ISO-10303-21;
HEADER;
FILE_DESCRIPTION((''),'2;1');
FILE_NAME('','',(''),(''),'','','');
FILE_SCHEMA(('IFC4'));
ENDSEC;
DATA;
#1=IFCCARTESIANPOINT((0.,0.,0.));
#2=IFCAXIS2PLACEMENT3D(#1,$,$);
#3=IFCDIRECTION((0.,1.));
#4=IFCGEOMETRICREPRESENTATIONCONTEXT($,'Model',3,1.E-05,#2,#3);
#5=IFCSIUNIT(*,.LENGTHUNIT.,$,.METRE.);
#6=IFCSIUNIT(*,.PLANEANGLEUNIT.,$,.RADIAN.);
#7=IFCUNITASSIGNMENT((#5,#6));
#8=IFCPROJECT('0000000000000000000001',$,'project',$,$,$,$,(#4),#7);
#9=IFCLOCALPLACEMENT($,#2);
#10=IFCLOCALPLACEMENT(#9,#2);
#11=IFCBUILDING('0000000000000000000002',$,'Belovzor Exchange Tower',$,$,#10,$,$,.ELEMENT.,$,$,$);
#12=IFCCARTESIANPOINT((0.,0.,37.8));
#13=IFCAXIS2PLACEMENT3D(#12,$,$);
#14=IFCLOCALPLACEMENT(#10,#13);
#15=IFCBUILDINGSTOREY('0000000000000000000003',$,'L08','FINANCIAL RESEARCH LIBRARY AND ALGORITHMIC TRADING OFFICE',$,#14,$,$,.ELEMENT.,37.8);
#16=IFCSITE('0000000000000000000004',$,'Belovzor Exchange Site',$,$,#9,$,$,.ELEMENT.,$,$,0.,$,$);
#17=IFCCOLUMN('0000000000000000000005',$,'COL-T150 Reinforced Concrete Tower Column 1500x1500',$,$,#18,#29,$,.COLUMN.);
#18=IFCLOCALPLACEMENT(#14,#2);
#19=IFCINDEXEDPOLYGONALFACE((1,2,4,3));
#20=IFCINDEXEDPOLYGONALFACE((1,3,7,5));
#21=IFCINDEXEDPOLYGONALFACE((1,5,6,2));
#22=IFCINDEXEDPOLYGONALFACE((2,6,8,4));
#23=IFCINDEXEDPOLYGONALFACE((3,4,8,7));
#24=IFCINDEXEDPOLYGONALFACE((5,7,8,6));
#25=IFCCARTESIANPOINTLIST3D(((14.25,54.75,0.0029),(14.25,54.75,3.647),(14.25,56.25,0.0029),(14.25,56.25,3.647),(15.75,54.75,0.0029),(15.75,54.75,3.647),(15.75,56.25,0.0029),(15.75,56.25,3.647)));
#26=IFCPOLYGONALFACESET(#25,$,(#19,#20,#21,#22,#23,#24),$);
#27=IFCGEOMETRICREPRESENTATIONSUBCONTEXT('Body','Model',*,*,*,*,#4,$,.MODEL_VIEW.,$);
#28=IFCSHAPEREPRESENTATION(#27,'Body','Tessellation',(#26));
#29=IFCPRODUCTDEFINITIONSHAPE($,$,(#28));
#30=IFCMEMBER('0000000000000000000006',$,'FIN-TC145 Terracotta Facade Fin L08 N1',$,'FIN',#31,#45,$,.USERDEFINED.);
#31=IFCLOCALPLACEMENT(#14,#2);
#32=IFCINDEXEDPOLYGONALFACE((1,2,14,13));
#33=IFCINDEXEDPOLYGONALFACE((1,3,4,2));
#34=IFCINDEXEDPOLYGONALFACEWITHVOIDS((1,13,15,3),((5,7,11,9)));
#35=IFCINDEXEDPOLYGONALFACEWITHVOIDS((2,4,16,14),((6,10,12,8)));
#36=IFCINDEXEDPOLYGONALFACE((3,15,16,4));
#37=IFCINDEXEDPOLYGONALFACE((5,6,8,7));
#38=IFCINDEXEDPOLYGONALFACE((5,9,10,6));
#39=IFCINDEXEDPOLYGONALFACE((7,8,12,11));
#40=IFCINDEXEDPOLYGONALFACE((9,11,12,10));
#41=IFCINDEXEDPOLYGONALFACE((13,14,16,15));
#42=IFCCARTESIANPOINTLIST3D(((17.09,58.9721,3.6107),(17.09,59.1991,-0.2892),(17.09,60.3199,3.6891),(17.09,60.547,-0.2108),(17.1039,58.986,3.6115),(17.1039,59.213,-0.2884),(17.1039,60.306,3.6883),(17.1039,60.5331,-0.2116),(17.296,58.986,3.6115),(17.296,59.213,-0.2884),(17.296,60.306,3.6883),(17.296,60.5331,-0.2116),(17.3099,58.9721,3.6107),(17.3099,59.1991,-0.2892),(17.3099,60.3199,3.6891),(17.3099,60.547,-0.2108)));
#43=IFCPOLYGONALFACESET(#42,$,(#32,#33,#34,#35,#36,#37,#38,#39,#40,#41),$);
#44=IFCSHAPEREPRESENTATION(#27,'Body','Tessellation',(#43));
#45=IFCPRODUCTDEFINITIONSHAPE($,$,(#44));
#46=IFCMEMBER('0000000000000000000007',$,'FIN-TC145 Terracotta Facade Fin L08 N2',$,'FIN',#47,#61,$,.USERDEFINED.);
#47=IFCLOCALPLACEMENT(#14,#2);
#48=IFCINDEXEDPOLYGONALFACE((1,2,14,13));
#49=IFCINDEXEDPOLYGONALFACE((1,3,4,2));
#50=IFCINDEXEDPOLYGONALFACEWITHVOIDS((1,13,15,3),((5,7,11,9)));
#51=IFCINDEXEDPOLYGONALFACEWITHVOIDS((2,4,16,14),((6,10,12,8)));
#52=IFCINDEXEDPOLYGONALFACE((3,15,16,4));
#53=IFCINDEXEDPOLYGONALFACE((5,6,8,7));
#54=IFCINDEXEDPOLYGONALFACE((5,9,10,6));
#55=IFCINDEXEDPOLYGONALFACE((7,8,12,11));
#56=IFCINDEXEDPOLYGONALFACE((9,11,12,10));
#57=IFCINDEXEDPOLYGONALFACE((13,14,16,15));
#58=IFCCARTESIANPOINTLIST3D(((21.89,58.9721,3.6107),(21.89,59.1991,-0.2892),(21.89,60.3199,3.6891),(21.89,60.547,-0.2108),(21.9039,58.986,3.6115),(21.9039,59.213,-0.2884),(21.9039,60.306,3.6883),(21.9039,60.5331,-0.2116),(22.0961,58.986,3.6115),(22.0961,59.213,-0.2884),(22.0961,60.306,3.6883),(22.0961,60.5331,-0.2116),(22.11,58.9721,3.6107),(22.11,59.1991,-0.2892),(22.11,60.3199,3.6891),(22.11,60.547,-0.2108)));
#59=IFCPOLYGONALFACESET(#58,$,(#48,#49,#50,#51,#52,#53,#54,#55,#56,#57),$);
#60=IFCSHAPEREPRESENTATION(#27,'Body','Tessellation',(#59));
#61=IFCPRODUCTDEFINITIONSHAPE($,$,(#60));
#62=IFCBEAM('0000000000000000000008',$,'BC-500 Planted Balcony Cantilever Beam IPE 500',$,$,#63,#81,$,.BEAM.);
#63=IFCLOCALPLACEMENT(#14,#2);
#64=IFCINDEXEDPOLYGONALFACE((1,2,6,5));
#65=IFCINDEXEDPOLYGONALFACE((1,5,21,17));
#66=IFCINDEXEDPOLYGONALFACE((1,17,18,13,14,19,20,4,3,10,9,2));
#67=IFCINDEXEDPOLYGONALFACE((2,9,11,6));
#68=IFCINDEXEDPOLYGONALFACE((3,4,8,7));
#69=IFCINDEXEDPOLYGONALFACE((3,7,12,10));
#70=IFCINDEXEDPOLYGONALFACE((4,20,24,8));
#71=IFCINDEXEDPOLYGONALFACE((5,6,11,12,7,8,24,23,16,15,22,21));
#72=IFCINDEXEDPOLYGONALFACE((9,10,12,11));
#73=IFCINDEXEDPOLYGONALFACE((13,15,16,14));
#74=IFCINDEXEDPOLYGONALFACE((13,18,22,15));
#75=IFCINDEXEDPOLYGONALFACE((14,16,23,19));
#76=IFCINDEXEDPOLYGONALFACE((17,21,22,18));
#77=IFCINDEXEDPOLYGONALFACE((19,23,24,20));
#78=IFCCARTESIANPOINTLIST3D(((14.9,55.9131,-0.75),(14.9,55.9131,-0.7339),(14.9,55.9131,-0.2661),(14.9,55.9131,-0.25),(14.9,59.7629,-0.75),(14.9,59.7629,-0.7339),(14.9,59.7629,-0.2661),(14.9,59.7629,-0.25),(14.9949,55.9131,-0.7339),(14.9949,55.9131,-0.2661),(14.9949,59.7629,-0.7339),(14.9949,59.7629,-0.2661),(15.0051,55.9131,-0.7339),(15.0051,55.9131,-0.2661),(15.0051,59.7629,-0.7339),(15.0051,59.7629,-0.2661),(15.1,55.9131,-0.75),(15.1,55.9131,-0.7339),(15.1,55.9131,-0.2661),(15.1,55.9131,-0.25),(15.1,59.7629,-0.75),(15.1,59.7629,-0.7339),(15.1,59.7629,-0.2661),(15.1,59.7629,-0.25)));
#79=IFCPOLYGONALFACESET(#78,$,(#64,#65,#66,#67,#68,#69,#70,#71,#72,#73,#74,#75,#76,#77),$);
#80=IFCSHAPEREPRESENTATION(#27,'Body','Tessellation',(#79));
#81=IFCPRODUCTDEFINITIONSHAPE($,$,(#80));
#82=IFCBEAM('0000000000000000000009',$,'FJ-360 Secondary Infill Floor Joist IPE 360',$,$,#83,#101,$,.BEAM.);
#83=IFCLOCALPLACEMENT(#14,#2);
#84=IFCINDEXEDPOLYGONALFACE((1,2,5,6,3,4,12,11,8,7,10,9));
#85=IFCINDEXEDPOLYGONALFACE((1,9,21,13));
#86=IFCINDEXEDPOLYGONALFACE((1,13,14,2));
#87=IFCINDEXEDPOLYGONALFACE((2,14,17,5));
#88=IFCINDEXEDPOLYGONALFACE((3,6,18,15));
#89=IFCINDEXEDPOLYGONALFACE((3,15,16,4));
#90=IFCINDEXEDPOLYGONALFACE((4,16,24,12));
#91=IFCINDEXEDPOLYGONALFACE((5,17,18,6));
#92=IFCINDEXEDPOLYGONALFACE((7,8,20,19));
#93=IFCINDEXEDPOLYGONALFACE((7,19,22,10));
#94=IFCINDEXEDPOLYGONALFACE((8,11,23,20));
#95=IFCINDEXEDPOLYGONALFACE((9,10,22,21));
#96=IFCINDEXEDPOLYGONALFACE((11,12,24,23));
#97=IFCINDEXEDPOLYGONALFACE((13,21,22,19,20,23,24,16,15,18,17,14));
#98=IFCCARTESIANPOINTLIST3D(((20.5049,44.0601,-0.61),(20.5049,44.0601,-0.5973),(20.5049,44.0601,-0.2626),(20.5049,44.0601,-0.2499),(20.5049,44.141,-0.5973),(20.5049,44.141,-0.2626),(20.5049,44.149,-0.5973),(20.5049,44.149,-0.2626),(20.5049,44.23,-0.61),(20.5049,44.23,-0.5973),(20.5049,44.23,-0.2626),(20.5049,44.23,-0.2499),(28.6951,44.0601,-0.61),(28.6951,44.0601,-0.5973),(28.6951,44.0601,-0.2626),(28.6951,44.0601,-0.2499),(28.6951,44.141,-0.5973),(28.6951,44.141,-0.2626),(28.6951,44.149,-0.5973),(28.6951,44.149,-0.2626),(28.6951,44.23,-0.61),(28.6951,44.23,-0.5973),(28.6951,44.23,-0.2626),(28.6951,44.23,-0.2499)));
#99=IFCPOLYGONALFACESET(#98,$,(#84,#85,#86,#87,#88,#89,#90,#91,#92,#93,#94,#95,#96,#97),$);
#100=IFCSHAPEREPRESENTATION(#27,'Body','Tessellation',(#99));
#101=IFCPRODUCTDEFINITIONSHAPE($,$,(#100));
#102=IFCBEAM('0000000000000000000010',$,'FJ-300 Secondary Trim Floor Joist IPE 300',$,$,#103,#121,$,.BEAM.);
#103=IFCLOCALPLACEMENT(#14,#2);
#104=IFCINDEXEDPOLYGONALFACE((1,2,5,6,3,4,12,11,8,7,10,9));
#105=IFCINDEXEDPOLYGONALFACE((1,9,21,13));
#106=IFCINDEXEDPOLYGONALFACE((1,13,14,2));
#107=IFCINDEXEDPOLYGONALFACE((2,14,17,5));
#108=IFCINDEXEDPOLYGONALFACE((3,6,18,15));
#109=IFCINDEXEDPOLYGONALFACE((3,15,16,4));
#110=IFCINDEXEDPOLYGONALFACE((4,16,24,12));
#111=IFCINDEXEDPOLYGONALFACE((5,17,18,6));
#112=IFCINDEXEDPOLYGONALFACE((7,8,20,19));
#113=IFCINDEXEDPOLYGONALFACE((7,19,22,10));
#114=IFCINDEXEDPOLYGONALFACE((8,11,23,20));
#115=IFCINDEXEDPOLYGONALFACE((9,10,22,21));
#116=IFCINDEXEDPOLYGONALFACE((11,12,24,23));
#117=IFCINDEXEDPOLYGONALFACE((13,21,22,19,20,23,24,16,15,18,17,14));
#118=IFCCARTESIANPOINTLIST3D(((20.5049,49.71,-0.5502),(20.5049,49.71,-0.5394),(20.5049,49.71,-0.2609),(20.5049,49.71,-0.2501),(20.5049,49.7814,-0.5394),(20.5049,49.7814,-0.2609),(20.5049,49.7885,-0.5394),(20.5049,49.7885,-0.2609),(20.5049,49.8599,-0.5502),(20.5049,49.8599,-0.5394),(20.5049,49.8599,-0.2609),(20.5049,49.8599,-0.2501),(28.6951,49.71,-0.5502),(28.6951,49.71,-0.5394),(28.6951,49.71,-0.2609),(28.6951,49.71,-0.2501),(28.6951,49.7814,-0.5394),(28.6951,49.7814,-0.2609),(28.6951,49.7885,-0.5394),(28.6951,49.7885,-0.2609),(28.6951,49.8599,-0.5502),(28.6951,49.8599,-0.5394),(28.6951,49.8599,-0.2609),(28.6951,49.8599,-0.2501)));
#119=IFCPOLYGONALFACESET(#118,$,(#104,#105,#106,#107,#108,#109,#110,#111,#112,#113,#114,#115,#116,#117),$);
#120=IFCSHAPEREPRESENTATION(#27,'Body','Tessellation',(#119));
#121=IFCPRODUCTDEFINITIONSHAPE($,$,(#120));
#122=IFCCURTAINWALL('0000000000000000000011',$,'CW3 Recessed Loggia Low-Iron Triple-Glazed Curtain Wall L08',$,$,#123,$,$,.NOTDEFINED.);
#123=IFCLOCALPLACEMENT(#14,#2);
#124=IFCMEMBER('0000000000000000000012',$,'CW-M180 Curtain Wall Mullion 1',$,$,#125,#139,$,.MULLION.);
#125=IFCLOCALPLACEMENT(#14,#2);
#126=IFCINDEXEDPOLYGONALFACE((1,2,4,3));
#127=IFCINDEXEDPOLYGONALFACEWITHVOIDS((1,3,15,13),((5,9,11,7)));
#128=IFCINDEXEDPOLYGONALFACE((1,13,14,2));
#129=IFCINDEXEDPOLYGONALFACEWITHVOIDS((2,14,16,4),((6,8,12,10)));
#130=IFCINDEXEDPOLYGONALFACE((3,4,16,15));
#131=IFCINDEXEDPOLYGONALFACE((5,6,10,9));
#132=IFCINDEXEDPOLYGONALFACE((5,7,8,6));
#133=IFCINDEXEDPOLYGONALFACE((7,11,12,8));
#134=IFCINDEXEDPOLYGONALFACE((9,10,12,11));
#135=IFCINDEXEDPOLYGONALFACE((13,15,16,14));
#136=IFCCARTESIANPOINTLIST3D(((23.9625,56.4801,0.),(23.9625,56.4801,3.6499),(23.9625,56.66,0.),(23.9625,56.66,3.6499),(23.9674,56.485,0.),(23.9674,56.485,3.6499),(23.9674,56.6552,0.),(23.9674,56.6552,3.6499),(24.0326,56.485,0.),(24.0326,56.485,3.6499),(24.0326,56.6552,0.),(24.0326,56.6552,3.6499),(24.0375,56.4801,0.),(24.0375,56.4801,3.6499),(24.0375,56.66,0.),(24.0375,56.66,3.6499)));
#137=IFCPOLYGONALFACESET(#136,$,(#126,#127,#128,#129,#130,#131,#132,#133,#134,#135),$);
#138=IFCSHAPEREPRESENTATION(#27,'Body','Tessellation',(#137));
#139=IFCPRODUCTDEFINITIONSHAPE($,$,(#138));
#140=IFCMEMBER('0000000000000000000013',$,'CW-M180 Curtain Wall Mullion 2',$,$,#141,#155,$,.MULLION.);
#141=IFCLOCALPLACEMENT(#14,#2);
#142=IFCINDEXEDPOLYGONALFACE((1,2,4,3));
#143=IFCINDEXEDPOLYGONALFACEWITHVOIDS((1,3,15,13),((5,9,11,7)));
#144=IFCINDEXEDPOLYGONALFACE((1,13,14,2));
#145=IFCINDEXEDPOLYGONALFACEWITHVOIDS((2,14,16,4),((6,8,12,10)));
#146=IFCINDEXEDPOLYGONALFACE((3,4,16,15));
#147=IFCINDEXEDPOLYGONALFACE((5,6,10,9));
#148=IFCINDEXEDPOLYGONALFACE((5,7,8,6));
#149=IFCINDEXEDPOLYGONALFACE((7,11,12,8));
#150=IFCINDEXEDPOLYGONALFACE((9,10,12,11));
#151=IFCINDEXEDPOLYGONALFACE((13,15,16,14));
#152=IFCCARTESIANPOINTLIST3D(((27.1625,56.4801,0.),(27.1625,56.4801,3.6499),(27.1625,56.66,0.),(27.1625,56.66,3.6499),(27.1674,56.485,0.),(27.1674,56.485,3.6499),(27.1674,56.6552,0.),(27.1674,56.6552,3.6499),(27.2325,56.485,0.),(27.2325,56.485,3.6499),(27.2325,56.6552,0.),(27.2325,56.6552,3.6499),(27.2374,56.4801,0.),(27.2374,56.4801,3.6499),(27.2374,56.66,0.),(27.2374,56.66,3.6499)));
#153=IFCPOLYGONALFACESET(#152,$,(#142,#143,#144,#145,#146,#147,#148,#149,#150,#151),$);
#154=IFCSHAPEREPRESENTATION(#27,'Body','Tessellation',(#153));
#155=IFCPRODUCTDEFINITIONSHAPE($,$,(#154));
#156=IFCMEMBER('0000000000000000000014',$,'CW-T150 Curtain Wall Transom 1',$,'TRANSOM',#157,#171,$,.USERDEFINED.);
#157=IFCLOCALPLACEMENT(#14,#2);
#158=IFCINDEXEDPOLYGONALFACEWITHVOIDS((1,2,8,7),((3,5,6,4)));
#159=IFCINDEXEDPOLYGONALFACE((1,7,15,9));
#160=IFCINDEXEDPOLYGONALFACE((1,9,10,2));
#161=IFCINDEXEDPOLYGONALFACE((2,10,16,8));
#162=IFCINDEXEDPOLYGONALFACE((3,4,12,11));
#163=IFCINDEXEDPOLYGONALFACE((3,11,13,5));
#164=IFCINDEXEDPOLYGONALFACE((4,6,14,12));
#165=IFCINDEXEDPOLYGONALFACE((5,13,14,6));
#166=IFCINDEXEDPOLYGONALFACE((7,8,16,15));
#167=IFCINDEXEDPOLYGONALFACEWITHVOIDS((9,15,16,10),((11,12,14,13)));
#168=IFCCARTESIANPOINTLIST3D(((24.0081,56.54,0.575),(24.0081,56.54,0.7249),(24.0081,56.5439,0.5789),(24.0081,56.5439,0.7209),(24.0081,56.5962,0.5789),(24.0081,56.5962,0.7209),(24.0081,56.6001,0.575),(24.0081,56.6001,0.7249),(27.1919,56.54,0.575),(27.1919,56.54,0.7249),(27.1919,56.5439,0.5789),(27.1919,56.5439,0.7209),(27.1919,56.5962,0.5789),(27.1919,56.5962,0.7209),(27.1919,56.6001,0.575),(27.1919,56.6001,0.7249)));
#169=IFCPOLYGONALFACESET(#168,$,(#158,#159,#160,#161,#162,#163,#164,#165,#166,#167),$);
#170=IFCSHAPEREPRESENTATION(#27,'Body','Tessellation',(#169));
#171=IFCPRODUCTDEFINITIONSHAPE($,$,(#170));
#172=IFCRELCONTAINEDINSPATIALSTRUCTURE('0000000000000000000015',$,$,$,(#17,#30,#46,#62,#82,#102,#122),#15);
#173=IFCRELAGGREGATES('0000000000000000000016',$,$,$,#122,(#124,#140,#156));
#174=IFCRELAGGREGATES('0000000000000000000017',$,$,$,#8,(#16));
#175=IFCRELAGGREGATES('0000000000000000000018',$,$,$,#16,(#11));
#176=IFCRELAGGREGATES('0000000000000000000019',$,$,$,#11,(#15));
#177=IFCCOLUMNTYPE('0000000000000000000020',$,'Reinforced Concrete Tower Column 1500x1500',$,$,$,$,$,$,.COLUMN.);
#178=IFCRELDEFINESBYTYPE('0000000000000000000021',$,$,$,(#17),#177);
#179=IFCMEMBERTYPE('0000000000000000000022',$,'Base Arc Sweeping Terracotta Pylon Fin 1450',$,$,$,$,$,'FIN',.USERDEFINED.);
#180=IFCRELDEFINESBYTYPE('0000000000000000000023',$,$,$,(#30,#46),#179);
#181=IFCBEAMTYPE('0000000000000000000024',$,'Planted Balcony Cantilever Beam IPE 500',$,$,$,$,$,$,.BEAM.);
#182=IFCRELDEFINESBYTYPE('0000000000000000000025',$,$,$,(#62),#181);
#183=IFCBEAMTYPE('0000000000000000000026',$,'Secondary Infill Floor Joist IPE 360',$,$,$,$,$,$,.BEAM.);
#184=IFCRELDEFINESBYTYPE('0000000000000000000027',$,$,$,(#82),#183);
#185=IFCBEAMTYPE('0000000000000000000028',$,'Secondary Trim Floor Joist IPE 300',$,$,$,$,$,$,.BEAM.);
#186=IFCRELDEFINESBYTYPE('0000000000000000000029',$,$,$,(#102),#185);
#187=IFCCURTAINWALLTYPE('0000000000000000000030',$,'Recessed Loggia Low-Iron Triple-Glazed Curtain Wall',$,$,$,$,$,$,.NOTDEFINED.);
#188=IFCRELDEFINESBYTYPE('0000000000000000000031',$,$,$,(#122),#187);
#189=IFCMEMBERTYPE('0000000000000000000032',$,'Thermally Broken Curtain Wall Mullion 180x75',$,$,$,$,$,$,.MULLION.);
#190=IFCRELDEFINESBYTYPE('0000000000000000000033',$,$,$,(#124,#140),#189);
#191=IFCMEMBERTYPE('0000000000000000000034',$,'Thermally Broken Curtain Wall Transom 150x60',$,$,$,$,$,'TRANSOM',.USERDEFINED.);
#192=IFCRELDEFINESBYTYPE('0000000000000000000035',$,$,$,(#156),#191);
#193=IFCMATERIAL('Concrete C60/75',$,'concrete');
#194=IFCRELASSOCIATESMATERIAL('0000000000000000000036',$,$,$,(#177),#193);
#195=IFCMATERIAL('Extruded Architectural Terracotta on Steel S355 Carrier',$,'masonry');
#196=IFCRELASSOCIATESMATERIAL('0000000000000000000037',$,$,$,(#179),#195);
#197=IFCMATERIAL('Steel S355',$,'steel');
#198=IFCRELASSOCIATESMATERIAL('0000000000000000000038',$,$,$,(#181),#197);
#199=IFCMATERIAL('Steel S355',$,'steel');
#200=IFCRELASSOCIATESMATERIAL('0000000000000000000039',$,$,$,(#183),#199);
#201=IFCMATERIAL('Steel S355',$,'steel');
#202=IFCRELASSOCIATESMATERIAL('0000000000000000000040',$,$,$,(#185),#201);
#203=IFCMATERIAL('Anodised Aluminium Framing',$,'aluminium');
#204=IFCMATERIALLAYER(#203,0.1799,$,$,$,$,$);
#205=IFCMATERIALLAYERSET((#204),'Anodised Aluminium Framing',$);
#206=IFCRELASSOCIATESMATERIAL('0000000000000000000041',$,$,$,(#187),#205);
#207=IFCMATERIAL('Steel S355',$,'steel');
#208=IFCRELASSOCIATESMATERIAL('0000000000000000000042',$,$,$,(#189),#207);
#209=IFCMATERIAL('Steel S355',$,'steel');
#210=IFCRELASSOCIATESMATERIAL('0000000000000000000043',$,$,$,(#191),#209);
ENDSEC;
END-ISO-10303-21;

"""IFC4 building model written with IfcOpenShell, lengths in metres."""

from ifc_helpers import new_model, si_unit, direction, frame, origin, origin_2d, place, context, subcontext, project, spatial, rectangle, hollow_rectangle, i_section, extrude, material, layer, layer_set, material_profile, profile_set, type_object, element, aggregate, save


model = new_model("IFC4")

# Units and contexts
model_context = context("Model", 3, precision=1e-05, world=origin(), true_north=direction((0.0, 1.0)))
body_context = subcontext(model_context, "Body", "Model", "MODEL_VIEW")
ifc_project = project(units=[si_unit("LENGTHUNIT", "METRE"), si_unit("PLANEANGLEUNIT", "RADIAN")], contexts=[model_context])

# Site, building, storey
site_placement = place(None, origin())
site = spatial("IfcSite", under=ifc_project, at=site_placement, Name="Belovzor Exchange Site", CompositionType="ELEMENT", RefElevation=0.0)
building_placement = place(site_placement, origin())
building = spatial("IfcBuilding", under=site, at=building_placement, Name="Belovzor Exchange Tower", CompositionType="ELEMENT")
storey_placement = place(building_placement, frame((0.0, 0.0, 37.8)))
storey = spatial("IfcBuildingStorey", under=building, at=storey_placement, Name="L08", Description="FINANCIAL RESEARCH LIBRARY AND ALGORITHMIC TRADING OFFICE", CompositionType="ELEMENT", Elevation=37.8)

# Column
ifc_material_1 = material(Name="Concrete C60/75", Category="concrete")
ifc_material_profile_1 = material_profile(ifc_material_1, rectangle(XDim=1.5, YDim=1.5, at=origin_2d()))
ifc_profile_set_1 = profile_set([ifc_material_profile_1], Name="Concrete C60/75")
column_type = type_object("IfcColumnType", Name="Reinforced Concrete Tower Column 1500x1500", PredefinedType="COLUMN", material=ifc_profile_set_1)
column_placement = place(storey_placement, frame((15.0, 55.5, 0.0029), z_axis=(0.0, 0.0, 1.0), x_axis=(1.0, 0.0, 0.0)))
element("IfcColumn", 1, at=column_placement, inside=storey, type_object=column_type, Name="COL-T150 Reinforced Concrete Tower Column 1500x1500", PredefinedType="COLUMN", context=body_context, shape_type="SweptSolid", body=[
    extrude(rectangle(XDim=1.5, YDim=1.5, at=origin_2d()), origin(), (0.0, 0.0, 1.0), 3.644),
])

# Members
ifc_material_2 = material(Name="Extruded Architectural Terracotta on Steel S355 Carrier", Category="masonry")
ifc_material_profile_2 = material_profile(ifc_material_2, hollow_rectangle(XDim=0.22, YDim=1.3501, WallThickness=0.0139, at=origin_2d()))
ifc_profile_set_2 = profile_set([ifc_material_profile_2], Name="Extruded Architectural Terracotta on Steel S355 Carrier")
member_type_1 = type_object("IfcMemberType", Name="Base Arc Sweeping Terracotta Pylon Fin 1450", ElementType="FIN", PredefinedType="USERDEFINED", material=ifc_profile_set_2)
for number, where, z_axis, x_axis, name in (
    (2, (17.2, 59.873, -0.25), (0.0, -0.058121, 0.99831), (1.0, 0.0, 0.0), "FIN-TC145 Terracotta Facade Fin L08 N1"),
    (3, (22.0, 59.873, -0.25), (0.0, -0.058121, 0.99831), (1.0, 0.0, 0.0), "FIN-TC145 Terracotta Facade Fin L08 N2"),
):
    element("IfcMember", number, at=place(storey_placement, frame(where, z_axis=z_axis, x_axis=x_axis)), inside=storey, type_object=member_type_1, Name=name, ObjectType="FIN", PredefinedType="USERDEFINED", context=body_context, shape_type="SweptSolid", body=[
        extrude(hollow_rectangle(XDim=0.22, YDim=1.3501, WallThickness=0.0139, at=origin_2d()), origin(), (0.0, 0.0, 1.0), 3.9065),
    ])

# Beams
ifc_material_3 = material(Name="Steel S355", Category="steel")
ifc_material_profile_3 = material_profile(ifc_material_3, i_section(OverallWidth=0.2, OverallDepth=0.5, WebThickness=0.0103, FlangeThickness=0.0161, at=origin_2d()))
ifc_profile_set_3 = profile_set([ifc_material_profile_3], Name="Steel S355")
beam_type_1 = type_object("IfcBeamType", Name="Planted Balcony Cantilever Beam IPE 500", PredefinedType="BEAM", material=ifc_profile_set_3)
beam_1_placement = place(storey_placement, frame((15.0, 55.9131, -0.5), z_axis=(0.0, 1.0, 0.0), x_axis=(-1.0, 0.0, 0.0)))
element("IfcBeam", 4, at=beam_1_placement, inside=storey, type_object=beam_type_1, Name="BC-500 Planted Balcony Cantilever Beam IPE 500", PredefinedType="BEAM", context=body_context, shape_type="SweptSolid", body=[
    extrude(i_section(OverallWidth=0.2, OverallDepth=0.5, WebThickness=0.0103, FlangeThickness=0.0161, at=origin_2d()), origin(), (0.0, 0.0, 1.0), 3.8499),
])
ifc_material_4 = material(Name="Steel S355", Category="steel")
ifc_material_profile_4 = material_profile(ifc_material_4, i_section(OverallWidth=0.1699, OverallDepth=0.3601, WebThickness=0.0081, FlangeThickness=0.0127, at=origin_2d()))
ifc_profile_set_4 = profile_set([ifc_material_profile_4], Name="Steel S355")
beam_type_2 = type_object("IfcBeamType", Name="Secondary Infill Floor Joist IPE 360", PredefinedType="BEAM", material=ifc_profile_set_4)
beam_2_placement = place(storey_placement, frame((20.5049, 44.145, -0.4299), z_axis=(1.0, 0.0, 0.0), x_axis=(0.0, 1.0, 0.0)))
element("IfcBeam", 5, at=beam_2_placement, inside=storey, type_object=beam_type_2, Name="FJ-360 Secondary Infill Floor Joist IPE 360", PredefinedType="BEAM", context=body_context, shape_type="SweptSolid", body=[
    extrude(i_section(OverallWidth=0.1699, OverallDepth=0.3601, WebThickness=0.0081, FlangeThickness=0.0127, at=origin_2d()), origin(), (0.0, 0.0, 1.0), 8.1902),
])
ifc_material_5 = material(Name="Steel S355", Category="steel")
ifc_material_profile_5 = material_profile(ifc_material_5, i_section(OverallWidth=0.1499, OverallDepth=0.3, WebThickness=0.0071, FlangeThickness=0.0107, at=origin_2d()))
ifc_profile_set_5 = profile_set([ifc_material_profile_5], Name="Steel S355")
beam_type_3 = type_object("IfcBeamType", Name="Secondary Trim Floor Joist IPE 300", PredefinedType="BEAM", material=ifc_profile_set_5)
beam_3_placement = place(storey_placement, frame((20.5049, 49.7849, -0.4001), z_axis=(1.0, 0.0, 0.0), x_axis=(0.0, 1.0, 0.0)))
element("IfcBeam", 6, at=beam_3_placement, inside=storey, type_object=beam_type_3, Name="FJ-300 Secondary Trim Floor Joist IPE 300", PredefinedType="BEAM", context=body_context, shape_type="SweptSolid", body=[
    extrude(i_section(OverallWidth=0.1499, OverallDepth=0.3, WebThickness=0.0071, FlangeThickness=0.0107, at=origin_2d()), origin(), (0.0, 0.0, 1.0), 8.1902),
])

# Curtain wall, members
ifc_material_6 = material(Name="Anodised Aluminium Framing", Category="aluminium")
ifc_layer_1 = layer(ifc_material_6, 0.1799)
ifc_layer_set_1 = layer_set([ifc_layer_1], Name="Anodised Aluminium Framing")
curtain_wall_type = type_object("IfcCurtainWallType", Name="Recessed Loggia Low-Iron Triple-Glazed Curtain Wall", PredefinedType="NOTDEFINED", material=ifc_layer_set_1)
curtain_wall_placement = place(storey_placement, origin())
curtain_wall = element("IfcCurtainWall", 7, at=curtain_wall_placement, inside=storey, type_object=curtain_wall_type, Name="CW3 Recessed Loggia Low-Iron Triple-Glazed Curtain Wall L08", PredefinedType="NOTDEFINED")
ifc_material_7 = material(Name="Steel S355", Category="steel")
ifc_material_profile_6 = material_profile(ifc_material_7, hollow_rectangle(XDim=0.075, YDim=0.1799, WallThickness=0.0049, at=origin_2d()))
ifc_profile_set_6 = profile_set([ifc_material_profile_6], Name="Steel S355")
member_type_2 = type_object("IfcMemberType", Name="Thermally Broken Curtain Wall Mullion 180x75", PredefinedType="MULLION", material=ifc_profile_set_6)
member_1_placement = place(storey_placement, frame((24.0, 56.5701, 0.0), z_axis=(0.0, 0.0, 1.0), x_axis=(1.0, 0.0, 0.0)))
member_1 = element("IfcMember", 8, at=member_1_placement, type_object=member_type_2, Name="CW-M180 Curtain Wall Mullion 1", PredefinedType="MULLION", context=body_context, shape_type="SweptSolid", body=[
    extrude(hollow_rectangle(XDim=0.075, YDim=0.1799, WallThickness=0.0049, at=origin_2d()), origin(), (0.0, 0.0, 1.0), 3.6499),
])
member_2_placement = place(storey_placement, frame((27.2, 56.5701, 0.0), z_axis=(0.0, 0.0, 1.0), x_axis=(1.0, 0.0, 0.0)))
member_2 = element("IfcMember", 9, at=member_2_placement, type_object=member_type_2, Name="CW-M180 Curtain Wall Mullion 2", PredefinedType="MULLION", context=body_context, shape_type="SweptSolid", body=[
    extrude(hollow_rectangle(XDim=0.075, YDim=0.1799, WallThickness=0.0049, at=origin_2d()), origin(), (0.0, 0.0, 1.0), 3.6499),
])
ifc_material_8 = material(Name="Steel S355", Category="steel")
ifc_material_profile_7 = material_profile(ifc_material_8, hollow_rectangle(XDim=0.0601, YDim=0.1499, WallThickness=0.0039, at=origin_2d()))
ifc_profile_set_7 = profile_set([ifc_material_profile_7], Name="Steel S355")
member_type_3 = type_object("IfcMemberType", Name="Thermally Broken Curtain Wall Transom 150x60", ElementType="TRANSOM", PredefinedType="USERDEFINED", material=ifc_profile_set_7)
member_3_placement = place(storey_placement, frame((24.0081, 56.5701, 0.6499), z_axis=(1.0, 0.0, 0.0), x_axis=(0.0, 1.0, 0.0)))
member_3 = element("IfcMember", 10, at=member_3_placement, type_object=member_type_3, Name="CW-T150 Curtain Wall Transom 1", ObjectType="TRANSOM", PredefinedType="USERDEFINED", context=body_context, shape_type="SweptSolid", body=[
    extrude(hollow_rectangle(XDim=0.0601, YDim=0.1499, WallThickness=0.0039, at=origin_2d()), origin(), (0.0, 0.0, 1.0), 3.1838),
])

aggregate(curtain_wall, [member_1, member_2, member_3])

save(model, "model.ifc")
